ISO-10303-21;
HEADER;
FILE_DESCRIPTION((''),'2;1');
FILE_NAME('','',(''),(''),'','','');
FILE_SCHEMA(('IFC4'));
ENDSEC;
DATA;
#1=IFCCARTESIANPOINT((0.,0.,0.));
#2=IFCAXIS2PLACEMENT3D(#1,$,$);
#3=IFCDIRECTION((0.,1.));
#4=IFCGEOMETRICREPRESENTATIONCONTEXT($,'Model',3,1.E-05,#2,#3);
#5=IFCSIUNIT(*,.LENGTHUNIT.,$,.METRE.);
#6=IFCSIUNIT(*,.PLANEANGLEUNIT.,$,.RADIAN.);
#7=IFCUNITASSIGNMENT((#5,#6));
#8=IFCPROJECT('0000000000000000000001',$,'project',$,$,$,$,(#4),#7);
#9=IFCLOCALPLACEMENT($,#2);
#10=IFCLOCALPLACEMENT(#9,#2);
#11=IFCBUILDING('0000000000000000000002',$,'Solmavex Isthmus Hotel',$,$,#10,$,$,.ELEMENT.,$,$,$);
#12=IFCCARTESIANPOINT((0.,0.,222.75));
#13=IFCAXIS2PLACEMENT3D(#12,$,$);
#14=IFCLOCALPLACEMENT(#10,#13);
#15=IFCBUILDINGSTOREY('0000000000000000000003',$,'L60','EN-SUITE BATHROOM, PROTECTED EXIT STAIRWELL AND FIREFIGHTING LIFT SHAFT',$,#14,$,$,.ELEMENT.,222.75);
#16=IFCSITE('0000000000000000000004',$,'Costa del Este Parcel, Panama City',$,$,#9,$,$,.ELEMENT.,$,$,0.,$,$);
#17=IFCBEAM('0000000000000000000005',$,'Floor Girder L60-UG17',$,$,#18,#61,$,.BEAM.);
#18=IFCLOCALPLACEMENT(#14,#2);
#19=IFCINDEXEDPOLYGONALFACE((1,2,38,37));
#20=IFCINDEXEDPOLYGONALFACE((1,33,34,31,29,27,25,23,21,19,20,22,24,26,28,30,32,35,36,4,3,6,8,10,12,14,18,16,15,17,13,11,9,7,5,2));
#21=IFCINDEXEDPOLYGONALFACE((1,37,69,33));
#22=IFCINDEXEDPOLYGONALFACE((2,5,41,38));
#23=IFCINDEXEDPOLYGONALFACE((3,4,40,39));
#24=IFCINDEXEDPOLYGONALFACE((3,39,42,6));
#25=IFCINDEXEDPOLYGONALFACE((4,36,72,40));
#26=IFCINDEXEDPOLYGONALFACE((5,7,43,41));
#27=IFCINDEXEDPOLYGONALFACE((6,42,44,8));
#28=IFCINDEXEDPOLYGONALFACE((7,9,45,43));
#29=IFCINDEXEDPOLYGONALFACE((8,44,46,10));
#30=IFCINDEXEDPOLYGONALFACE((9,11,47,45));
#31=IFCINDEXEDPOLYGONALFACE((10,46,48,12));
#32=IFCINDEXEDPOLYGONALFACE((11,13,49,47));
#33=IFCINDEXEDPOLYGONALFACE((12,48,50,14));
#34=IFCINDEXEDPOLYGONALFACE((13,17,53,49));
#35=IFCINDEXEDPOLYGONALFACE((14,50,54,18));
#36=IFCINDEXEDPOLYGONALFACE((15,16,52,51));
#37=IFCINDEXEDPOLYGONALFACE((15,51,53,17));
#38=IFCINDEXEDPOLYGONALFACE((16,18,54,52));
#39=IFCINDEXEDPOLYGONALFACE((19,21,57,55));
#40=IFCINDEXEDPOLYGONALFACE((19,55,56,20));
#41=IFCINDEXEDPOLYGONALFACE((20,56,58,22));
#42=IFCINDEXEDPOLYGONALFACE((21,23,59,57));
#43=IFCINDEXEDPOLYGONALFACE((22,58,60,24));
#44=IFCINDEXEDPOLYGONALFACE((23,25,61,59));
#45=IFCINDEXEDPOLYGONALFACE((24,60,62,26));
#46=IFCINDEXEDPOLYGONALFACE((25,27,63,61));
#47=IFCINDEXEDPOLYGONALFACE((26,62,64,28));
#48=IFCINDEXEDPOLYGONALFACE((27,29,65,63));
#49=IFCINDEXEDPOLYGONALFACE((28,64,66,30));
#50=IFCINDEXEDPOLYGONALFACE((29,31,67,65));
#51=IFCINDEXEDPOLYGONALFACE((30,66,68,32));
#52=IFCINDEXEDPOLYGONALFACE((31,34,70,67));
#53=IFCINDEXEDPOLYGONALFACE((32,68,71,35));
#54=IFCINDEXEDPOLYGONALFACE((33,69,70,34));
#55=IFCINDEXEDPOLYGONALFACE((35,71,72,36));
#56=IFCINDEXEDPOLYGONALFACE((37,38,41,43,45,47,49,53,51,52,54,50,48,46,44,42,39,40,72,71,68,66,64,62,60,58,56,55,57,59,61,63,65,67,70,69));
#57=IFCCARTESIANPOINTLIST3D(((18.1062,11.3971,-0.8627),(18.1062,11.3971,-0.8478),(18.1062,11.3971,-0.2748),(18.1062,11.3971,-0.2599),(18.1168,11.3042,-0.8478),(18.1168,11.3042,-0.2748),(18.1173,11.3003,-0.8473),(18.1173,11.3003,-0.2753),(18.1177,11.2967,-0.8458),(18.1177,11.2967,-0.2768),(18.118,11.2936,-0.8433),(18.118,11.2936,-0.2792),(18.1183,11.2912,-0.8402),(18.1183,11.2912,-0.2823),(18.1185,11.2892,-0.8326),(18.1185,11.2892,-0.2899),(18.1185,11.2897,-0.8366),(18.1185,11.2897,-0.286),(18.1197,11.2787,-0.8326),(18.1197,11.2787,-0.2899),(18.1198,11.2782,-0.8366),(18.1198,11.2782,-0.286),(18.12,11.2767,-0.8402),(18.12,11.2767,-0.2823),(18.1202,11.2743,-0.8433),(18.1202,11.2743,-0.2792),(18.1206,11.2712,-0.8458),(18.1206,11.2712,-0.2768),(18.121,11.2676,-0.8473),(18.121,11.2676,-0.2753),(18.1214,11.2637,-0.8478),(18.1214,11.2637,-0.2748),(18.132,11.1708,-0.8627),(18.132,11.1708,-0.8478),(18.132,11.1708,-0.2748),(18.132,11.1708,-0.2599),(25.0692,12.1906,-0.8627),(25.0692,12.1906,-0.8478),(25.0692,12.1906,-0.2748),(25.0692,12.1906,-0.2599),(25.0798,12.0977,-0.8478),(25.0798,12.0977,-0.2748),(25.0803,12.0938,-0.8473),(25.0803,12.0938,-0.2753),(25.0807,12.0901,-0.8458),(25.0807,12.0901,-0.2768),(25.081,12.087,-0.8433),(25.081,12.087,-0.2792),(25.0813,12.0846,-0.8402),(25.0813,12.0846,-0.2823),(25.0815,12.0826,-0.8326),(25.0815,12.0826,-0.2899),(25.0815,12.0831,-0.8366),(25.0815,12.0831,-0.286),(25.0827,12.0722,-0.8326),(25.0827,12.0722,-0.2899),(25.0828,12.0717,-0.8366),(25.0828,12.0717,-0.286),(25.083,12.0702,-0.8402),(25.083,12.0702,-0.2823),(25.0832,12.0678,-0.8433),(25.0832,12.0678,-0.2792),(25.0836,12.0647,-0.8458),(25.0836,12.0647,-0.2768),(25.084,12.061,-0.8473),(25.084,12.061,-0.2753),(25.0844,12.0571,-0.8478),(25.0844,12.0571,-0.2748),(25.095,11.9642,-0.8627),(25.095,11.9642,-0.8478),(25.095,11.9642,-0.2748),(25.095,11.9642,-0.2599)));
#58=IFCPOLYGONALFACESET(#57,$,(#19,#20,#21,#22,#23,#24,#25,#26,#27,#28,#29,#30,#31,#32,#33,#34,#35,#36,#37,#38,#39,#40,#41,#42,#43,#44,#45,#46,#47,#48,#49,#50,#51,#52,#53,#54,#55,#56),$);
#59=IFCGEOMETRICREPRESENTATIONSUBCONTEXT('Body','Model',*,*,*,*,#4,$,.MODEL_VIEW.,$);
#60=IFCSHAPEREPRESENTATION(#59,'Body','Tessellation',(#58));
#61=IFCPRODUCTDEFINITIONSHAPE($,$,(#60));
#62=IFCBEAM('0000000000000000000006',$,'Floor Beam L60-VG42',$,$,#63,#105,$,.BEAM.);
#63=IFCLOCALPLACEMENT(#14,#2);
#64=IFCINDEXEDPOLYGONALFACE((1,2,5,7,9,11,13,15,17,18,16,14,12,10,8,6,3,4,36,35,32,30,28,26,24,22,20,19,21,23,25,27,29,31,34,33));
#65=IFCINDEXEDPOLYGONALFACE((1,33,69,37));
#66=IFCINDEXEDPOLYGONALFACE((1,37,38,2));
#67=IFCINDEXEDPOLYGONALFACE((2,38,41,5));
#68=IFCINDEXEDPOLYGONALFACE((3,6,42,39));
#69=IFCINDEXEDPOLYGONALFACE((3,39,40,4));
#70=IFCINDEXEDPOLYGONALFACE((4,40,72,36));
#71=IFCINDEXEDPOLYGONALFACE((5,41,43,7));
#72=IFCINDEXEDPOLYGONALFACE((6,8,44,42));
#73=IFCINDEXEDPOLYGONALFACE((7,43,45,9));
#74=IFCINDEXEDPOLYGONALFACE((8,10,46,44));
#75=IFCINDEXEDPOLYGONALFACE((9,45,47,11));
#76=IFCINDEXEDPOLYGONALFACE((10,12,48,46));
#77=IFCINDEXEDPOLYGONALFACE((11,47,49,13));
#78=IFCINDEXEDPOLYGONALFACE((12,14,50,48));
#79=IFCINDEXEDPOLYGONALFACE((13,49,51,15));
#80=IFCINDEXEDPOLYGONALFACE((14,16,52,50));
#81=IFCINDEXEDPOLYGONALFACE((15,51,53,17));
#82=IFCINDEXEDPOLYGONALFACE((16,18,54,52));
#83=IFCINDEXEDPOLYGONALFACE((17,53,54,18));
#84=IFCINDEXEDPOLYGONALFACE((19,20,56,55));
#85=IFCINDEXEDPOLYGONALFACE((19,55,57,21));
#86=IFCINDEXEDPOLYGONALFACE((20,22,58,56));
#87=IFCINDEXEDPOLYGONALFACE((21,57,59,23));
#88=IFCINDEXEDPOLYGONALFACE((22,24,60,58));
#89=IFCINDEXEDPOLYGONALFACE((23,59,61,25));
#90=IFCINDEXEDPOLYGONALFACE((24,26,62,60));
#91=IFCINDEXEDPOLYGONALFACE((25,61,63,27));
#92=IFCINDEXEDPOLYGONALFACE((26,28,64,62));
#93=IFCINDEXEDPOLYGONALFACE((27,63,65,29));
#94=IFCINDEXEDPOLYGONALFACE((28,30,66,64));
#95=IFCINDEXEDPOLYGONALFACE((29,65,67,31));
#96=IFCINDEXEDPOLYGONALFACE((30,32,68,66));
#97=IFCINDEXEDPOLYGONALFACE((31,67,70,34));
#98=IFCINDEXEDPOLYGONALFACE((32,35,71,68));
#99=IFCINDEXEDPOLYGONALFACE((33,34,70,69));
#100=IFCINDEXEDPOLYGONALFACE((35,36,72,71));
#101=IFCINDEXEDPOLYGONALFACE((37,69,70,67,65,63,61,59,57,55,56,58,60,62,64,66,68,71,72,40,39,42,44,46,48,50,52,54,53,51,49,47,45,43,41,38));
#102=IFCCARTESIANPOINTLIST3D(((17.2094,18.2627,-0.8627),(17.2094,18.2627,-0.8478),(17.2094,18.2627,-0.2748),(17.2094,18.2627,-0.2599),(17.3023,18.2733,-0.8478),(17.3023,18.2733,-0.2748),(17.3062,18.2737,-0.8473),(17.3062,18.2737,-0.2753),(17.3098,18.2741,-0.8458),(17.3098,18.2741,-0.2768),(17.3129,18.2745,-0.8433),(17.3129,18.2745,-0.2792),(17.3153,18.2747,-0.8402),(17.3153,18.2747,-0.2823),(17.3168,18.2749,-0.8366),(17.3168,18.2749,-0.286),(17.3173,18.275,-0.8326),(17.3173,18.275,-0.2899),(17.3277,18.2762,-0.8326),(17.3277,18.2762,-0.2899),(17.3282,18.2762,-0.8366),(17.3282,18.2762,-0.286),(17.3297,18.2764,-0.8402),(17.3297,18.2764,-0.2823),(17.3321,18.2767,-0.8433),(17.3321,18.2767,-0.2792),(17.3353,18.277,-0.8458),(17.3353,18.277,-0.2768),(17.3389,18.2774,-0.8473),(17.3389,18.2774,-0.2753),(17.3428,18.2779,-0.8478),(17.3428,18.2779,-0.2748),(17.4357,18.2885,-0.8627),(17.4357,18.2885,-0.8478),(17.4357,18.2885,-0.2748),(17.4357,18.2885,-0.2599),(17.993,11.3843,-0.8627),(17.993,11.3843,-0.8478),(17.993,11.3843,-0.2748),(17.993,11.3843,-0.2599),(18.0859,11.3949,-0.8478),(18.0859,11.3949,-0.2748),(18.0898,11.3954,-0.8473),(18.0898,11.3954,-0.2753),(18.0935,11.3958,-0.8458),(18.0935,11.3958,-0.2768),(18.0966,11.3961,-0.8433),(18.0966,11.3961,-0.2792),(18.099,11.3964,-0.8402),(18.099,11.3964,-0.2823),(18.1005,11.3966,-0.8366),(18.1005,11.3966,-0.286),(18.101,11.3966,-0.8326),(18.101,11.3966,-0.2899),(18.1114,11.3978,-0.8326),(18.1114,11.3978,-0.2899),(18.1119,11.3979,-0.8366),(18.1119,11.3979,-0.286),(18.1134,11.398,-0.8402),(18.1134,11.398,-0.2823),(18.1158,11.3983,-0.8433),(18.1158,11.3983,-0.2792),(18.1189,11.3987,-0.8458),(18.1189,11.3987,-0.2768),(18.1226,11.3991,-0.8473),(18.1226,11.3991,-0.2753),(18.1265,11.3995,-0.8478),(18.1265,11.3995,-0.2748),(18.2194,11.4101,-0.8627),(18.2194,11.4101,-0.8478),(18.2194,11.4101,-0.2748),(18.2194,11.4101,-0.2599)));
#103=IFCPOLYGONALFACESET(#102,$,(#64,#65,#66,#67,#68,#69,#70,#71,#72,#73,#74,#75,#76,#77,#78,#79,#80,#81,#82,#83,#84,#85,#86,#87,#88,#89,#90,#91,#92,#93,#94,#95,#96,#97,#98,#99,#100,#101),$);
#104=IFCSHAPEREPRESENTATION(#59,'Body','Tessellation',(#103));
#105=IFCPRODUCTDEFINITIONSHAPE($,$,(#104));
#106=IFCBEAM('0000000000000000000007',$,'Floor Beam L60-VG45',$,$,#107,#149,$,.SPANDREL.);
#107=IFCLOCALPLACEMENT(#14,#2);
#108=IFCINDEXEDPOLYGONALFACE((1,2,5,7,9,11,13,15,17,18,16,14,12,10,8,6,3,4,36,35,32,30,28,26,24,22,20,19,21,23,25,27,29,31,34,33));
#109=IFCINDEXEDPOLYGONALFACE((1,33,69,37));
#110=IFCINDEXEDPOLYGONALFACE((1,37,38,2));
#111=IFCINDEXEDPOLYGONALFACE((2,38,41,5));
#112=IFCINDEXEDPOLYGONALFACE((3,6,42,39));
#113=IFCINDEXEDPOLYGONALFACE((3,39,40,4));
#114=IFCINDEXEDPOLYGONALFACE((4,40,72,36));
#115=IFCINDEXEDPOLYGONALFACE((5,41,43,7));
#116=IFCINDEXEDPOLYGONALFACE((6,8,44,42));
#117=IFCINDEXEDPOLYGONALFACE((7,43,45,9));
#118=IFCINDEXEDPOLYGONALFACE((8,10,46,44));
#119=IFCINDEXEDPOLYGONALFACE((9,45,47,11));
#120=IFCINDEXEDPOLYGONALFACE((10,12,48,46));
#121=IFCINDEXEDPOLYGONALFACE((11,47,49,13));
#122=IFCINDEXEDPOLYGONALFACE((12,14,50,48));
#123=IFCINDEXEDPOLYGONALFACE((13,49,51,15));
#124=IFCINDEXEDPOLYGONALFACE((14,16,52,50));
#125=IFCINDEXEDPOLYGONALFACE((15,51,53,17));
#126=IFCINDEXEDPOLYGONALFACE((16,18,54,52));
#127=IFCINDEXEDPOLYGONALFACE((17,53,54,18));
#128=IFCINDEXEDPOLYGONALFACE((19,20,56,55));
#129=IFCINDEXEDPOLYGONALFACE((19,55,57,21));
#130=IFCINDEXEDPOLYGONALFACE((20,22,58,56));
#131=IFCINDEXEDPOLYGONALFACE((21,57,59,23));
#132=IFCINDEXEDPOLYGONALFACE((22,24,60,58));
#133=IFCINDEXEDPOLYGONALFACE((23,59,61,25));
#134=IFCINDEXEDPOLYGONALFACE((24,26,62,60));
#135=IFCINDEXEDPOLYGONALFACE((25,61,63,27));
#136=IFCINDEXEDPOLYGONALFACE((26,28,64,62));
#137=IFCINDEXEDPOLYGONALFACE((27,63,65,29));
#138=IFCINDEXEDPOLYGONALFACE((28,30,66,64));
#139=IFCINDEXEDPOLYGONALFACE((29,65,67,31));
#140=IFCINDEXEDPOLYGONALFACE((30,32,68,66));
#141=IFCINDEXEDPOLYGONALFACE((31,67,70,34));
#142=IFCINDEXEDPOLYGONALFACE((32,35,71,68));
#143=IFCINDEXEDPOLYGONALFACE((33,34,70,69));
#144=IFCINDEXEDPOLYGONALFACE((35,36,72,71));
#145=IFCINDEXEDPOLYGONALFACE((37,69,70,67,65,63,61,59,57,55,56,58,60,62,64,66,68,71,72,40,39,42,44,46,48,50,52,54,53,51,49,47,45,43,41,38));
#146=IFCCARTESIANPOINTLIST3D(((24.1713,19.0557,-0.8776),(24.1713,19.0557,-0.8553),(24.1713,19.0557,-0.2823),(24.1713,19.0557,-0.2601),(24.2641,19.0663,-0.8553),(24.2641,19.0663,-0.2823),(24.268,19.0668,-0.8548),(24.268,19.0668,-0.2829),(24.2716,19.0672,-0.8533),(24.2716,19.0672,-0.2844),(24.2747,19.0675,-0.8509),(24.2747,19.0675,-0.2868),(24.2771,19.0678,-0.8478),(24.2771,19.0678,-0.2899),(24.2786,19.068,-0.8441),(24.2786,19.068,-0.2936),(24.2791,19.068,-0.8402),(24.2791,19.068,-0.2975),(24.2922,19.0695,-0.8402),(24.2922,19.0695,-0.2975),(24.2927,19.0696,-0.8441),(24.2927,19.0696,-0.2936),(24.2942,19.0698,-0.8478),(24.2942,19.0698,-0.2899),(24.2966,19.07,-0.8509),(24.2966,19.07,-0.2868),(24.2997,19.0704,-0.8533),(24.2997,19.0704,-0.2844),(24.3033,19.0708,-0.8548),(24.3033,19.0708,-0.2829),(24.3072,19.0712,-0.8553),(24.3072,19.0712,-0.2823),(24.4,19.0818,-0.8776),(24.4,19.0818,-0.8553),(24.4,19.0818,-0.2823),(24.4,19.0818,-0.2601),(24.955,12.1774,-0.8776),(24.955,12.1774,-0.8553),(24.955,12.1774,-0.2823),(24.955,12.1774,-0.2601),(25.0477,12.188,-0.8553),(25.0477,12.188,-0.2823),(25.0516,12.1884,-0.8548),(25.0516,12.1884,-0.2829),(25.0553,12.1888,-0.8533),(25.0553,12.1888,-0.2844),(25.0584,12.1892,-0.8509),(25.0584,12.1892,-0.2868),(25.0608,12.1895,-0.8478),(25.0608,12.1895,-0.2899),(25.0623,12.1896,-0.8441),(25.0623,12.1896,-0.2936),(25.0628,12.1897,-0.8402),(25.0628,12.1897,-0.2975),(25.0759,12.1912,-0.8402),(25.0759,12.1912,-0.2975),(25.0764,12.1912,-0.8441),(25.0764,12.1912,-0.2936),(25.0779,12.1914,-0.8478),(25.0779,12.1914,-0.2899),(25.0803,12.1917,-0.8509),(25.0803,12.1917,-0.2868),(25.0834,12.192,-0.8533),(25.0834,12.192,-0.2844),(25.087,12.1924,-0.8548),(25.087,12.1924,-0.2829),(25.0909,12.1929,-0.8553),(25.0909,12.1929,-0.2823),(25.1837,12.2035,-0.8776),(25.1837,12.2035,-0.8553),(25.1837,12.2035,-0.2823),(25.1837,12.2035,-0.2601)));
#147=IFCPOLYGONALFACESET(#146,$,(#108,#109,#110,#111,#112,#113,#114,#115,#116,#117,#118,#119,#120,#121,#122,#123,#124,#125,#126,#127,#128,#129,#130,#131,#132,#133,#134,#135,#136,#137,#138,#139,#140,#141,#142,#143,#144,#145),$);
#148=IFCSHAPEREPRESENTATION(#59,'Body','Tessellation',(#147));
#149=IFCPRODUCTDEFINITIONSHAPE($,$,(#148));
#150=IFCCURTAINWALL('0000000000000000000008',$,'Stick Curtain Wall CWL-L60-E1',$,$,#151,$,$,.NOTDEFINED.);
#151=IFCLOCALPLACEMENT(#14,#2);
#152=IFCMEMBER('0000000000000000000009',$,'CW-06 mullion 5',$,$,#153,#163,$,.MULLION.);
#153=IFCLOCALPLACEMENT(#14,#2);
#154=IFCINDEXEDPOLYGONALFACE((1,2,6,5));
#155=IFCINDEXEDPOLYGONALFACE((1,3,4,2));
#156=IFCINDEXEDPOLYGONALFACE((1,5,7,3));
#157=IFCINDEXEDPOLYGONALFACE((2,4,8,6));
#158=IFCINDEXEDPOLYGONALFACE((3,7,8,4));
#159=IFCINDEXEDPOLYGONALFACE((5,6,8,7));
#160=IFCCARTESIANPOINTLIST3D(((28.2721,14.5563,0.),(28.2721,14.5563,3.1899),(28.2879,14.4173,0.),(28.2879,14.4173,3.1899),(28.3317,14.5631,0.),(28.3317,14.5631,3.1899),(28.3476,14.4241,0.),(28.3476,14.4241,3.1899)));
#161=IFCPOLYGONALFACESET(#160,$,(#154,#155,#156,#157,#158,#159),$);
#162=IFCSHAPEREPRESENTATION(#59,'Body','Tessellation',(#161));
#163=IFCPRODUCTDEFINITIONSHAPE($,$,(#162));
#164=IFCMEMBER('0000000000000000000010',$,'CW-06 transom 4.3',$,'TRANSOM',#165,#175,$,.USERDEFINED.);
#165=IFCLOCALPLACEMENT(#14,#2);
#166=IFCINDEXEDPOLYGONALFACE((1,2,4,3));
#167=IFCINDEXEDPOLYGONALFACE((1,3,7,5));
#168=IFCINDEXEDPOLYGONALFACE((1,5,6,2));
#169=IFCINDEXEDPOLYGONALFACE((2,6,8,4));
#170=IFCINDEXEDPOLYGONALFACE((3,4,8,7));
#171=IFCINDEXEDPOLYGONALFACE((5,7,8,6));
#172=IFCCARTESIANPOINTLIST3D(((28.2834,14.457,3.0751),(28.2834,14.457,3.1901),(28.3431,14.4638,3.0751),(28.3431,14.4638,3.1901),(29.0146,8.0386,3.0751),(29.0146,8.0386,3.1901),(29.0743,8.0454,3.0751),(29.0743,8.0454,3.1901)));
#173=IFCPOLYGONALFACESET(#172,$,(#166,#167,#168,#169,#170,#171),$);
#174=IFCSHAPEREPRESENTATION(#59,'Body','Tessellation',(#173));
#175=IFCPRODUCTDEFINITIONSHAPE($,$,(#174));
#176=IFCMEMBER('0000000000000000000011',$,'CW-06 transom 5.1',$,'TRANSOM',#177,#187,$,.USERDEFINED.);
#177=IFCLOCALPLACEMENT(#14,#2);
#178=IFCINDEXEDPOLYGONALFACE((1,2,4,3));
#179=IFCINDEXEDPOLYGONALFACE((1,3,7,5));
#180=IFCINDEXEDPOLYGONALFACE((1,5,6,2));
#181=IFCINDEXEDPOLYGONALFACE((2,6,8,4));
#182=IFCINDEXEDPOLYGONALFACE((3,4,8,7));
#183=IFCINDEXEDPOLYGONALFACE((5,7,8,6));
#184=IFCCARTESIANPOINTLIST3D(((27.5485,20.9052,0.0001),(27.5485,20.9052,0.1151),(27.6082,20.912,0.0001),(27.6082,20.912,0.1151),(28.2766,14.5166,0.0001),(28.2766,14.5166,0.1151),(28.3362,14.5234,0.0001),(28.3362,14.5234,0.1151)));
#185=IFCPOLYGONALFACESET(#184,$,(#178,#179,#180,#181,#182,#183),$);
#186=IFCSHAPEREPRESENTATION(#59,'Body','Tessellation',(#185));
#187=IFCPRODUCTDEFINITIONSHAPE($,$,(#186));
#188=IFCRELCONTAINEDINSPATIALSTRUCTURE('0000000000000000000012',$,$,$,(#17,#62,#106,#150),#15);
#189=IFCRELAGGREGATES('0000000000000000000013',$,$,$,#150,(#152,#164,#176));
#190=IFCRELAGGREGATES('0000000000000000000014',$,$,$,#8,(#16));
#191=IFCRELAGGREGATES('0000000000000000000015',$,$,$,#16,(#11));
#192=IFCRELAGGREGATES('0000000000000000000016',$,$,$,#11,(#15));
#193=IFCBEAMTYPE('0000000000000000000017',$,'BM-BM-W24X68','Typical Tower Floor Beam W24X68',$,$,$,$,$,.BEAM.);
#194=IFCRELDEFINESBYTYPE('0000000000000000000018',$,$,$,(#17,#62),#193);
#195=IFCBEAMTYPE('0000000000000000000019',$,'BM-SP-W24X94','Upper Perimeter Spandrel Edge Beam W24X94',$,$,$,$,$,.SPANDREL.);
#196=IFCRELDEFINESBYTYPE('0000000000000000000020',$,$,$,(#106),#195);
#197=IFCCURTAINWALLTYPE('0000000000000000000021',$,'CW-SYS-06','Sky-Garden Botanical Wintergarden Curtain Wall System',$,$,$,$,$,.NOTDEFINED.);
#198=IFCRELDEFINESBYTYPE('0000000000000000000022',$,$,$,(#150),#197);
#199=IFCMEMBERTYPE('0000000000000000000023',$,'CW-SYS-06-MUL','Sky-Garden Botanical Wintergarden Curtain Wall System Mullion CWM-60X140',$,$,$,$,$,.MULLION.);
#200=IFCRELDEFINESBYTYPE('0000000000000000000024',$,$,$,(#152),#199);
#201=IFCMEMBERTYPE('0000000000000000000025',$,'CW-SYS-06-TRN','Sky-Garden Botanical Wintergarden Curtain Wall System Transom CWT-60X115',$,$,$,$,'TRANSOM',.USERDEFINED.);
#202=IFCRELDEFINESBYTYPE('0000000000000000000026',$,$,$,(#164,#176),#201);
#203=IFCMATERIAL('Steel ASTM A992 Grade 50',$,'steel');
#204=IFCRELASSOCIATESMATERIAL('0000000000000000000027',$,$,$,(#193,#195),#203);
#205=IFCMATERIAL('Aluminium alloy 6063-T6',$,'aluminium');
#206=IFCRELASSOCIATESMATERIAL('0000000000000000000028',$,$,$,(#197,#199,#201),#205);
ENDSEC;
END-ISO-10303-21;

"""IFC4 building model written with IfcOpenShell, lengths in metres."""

from ifc_helpers import new_model, si_unit, direction, frame, origin, origin_2d, place, context, subcontext, project, spatial, rectangle, i_section, extrude, material, material_profile, profile_set, type_object, element, aggregate, save


model = new_model("IFC4")

# Units and contexts
model_context = context("Model", 3, precision=1e-05, world=origin(), true_north=direction((0.0, 1.0)))
body_context = subcontext(model_context, "Body", "Model", "MODEL_VIEW")
ifc_project = project(units=[si_unit("LENGTHUNIT", "METRE"), si_unit("PLANEANGLEUNIT", "RADIAN")], contexts=[model_context])

# Site, building, storey
site_placement = place(None, origin())
site = spatial("IfcSite", under=ifc_project, at=site_placement, Name="Costa del Este Parcel, Panama City", CompositionType="ELEMENT", RefElevation=0.0)
building_placement = place(site_placement, origin())
building = spatial("IfcBuilding", under=site, at=building_placement, Name="Solmavex Isthmus Hotel", CompositionType="ELEMENT")
storey_placement = place(building_placement, frame((0.0, 0.0, 222.75)))
storey = spatial("IfcBuildingStorey", under=building, at=storey_placement, Name="L60", Description="EN-SUITE BATHROOM, PROTECTED EXIT STAIRWELL AND FIREFIGHTING LIFT SHAFT", CompositionType="ELEMENT", Elevation=222.75)

# Beams
ifc_material_1 = material(Name="Steel ASTM A992 Grade 50", Category="steel")
ifc_material_profile_1 = material_profile(ifc_material_1, i_section(OverallWidth=0.2278, OverallDepth=0.6028, WebThickness=0.0105, FlangeThickness=0.0149, FilletRadius=0.0151, at=origin_2d()), Name="W24X68")
ifc_profile_set_1 = profile_set([ifc_material_profile_1], Name="Steel ASTM A992 Grade 50")
beam_type_1 = type_object("IfcBeamType", Name="BM-BM-W24X68", Description="Typical Tower Floor Beam W24X68", PredefinedType="BEAM", material=ifc_profile_set_1)
beam_1_placement = place(storey_placement, frame((18.1191, 11.2839, -0.5613), z_axis=(0.99357, 0.113222, 0.0), x_axis=(-0.113222, 0.99357, 0.0)))
element("IfcBeam", 1, at=beam_1_placement, inside=storey, type_object=beam_type_1, Name="Floor Girder L60-UG17", PredefinedType="BEAM", context=body_context, shape_type="SweptSolid", body=[
    extrude(i_section(OverallWidth=0.2278, OverallDepth=0.6028, WebThickness=0.0105, FlangeThickness=0.0149, FilletRadius=0.0151, at=origin_2d()), origin(), (0.0, 0.0, 1.0), 7.0081),
])
beam_2_placement = place(storey_placement, frame((18.1062, 11.3972, -0.5613), z_axis=(-0.113202, 0.993572, 0.0), x_axis=(-0.993572, -0.113202, 0.0)))
element("IfcBeam", 2, at=beam_2_placement, inside=storey, type_object=beam_type_1, Name="Floor Beam L60-VG42", PredefinedType="BEAM", context=body_context, shape_type="SweptSolid", body=[
    extrude(i_section(OverallWidth=0.2278, OverallDepth=0.6028, WebThickness=0.0105, FlangeThickness=0.0149, FilletRadius=0.0151, at=origin_2d()), origin(), (0.0, 0.0, 1.0), 6.9229),
])
ifc_material_profile_2 = material_profile(ifc_material_1, i_section(OverallWidth=0.2302, OverallDepth=0.6174, WebThickness=0.0132, FlangeThickness=0.0222, FilletRadius=0.0151, at=origin_2d()), Name="W24X94")
ifc_profile_set_2 = profile_set([ifc_material_profile_2], Name="Steel ASTM A992 Grade 50")
beam_type_2 = type_object("IfcBeamType", Name="BM-SP-W24X94", Description="Upper Perimeter Spandrel Edge Beam W24X94", PredefinedType="SPANDREL", material=ifc_profile_set_2)
beam_3_placement = place(storey_placement, frame((25.0693, 12.1904, -0.5688), z_axis=(-0.113202, 0.993572, 0.0), x_axis=(-0.993572, -0.113202, 0.0)))
element("IfcBeam", 3, at=beam_3_placement, inside=storey, type_object=beam_type_2, Name="Floor Beam L60-VG45", PredefinedType="SPANDREL", context=body_context, shape_type="SweptSolid", body=[
    extrude(i_section(OverallWidth=0.2302, OverallDepth=0.6174, WebThickness=0.0132, FlangeThickness=0.0222, FilletRadius=0.0151, at=origin_2d()), origin(), (0.0, 0.0, 1.0), 6.9229),
])

# Curtain wall, members
ifc_material_2 = material(Name="Aluminium alloy 6063-T6", Category="aluminium")
curtain_wall_type = type_object("IfcCurtainWallType", Name="CW-SYS-06", Description="Sky-Garden Botanical Wintergarden Curtain Wall System", PredefinedType="NOTDEFINED", material=ifc_material_2)
curtain_wall_placement = place(storey_placement, origin())
curtain_wall = element("IfcCurtainWall", 4, at=curtain_wall_placement, inside=storey, type_object=curtain_wall_type, Name="Stick Curtain Wall CWL-L60-E1", PredefinedType="NOTDEFINED")
ifc_material_profile_3 = material_profile(ifc_material_2, rectangle(XDim=0.0601, YDim=0.1399, at=origin_2d()), Name="CWM-60X140")
ifc_profile_set_3 = profile_set([ifc_material_profile_3], Name="Aluminium alloy 6063-T6")
member_type_1 = type_object("IfcMemberType", Name="CW-SYS-06-MUL", Description="Sky-Garden Botanical Wintergarden Curtain Wall System Mullion CWM-60X140", PredefinedType="MULLION", material=ifc_profile_set_3)
member_1_placement = place(storey_placement, frame((28.3098, 14.4902, 0.0), z_axis=(0.0, 0.0, 1.0), x_axis=(-0.993572, -0.113203, 0.0)))
member_1 = element("IfcMember", 5, at=member_1_placement, type_object=member_type_1, Name="CW-06 mullion 5", PredefinedType="MULLION", context=body_context, shape_type="SweptSolid", body=[
    extrude(rectangle(XDim=0.0601, YDim=0.1399, at=origin_2d()), origin(), (0.0, 0.0, 1.0), 3.1899),
])
ifc_material_profile_4 = material_profile(ifc_material_2, rectangle(XDim=0.0601, YDim=0.115, at=origin_2d()), Name="CWT-60X115")
ifc_profile_set_4 = profile_set([ifc_material_profile_4], Name="Aluminium alloy 6063-T6")
member_type_2 = type_object("IfcMemberType", Name="CW-SYS-06-TRN", Description="Sky-Garden Botanical Wintergarden Curtain Wall System Transom CWT-60X115", ElementType="TRANSOM", PredefinedType="USERDEFINED", material=ifc_profile_set_4)
member_2_placement = place(storey_placement, frame((29.0444, 8.042, 3.1326), z_axis=(-0.11319, 0.993573, 0.0), x_axis=(-0.993573, -0.11319, 0.0)))
member_2 = element("IfcMember", 6, at=member_2_placement, type_object=member_type_2, Name="CW-06 transom 4.3", ObjectType="TRANSOM", PredefinedType="USERDEFINED", context=body_context, shape_type="SweptSolid", body=[
    extrude(rectangle(XDim=0.0601, YDim=0.115, at=origin_2d()), origin(), (0.0, 0.0, 1.0), 6.46),
])
member_3_placement = place(storey_placement, frame((28.3064, 14.52, 0.0576), z_axis=(-0.113223, 0.99357, 0.0), x_axis=(-0.99357, -0.113223, 0.0)))
member_3 = element("IfcMember", 7, at=member_3_placement, type_object=member_type_2, Name="CW-06 transom 5.1", ObjectType="TRANSOM", PredefinedType="USERDEFINED", context=body_context, shape_type="SweptSolid", body=[
    extrude(rectangle(XDim=0.0601, YDim=0.115, at=origin_2d()), origin(), (0.0, 0.0, 1.0), 6.4299),
])
aggregate(curtain_wall, [member_1, member_2, member_3])

save(model, "model.ifc")
